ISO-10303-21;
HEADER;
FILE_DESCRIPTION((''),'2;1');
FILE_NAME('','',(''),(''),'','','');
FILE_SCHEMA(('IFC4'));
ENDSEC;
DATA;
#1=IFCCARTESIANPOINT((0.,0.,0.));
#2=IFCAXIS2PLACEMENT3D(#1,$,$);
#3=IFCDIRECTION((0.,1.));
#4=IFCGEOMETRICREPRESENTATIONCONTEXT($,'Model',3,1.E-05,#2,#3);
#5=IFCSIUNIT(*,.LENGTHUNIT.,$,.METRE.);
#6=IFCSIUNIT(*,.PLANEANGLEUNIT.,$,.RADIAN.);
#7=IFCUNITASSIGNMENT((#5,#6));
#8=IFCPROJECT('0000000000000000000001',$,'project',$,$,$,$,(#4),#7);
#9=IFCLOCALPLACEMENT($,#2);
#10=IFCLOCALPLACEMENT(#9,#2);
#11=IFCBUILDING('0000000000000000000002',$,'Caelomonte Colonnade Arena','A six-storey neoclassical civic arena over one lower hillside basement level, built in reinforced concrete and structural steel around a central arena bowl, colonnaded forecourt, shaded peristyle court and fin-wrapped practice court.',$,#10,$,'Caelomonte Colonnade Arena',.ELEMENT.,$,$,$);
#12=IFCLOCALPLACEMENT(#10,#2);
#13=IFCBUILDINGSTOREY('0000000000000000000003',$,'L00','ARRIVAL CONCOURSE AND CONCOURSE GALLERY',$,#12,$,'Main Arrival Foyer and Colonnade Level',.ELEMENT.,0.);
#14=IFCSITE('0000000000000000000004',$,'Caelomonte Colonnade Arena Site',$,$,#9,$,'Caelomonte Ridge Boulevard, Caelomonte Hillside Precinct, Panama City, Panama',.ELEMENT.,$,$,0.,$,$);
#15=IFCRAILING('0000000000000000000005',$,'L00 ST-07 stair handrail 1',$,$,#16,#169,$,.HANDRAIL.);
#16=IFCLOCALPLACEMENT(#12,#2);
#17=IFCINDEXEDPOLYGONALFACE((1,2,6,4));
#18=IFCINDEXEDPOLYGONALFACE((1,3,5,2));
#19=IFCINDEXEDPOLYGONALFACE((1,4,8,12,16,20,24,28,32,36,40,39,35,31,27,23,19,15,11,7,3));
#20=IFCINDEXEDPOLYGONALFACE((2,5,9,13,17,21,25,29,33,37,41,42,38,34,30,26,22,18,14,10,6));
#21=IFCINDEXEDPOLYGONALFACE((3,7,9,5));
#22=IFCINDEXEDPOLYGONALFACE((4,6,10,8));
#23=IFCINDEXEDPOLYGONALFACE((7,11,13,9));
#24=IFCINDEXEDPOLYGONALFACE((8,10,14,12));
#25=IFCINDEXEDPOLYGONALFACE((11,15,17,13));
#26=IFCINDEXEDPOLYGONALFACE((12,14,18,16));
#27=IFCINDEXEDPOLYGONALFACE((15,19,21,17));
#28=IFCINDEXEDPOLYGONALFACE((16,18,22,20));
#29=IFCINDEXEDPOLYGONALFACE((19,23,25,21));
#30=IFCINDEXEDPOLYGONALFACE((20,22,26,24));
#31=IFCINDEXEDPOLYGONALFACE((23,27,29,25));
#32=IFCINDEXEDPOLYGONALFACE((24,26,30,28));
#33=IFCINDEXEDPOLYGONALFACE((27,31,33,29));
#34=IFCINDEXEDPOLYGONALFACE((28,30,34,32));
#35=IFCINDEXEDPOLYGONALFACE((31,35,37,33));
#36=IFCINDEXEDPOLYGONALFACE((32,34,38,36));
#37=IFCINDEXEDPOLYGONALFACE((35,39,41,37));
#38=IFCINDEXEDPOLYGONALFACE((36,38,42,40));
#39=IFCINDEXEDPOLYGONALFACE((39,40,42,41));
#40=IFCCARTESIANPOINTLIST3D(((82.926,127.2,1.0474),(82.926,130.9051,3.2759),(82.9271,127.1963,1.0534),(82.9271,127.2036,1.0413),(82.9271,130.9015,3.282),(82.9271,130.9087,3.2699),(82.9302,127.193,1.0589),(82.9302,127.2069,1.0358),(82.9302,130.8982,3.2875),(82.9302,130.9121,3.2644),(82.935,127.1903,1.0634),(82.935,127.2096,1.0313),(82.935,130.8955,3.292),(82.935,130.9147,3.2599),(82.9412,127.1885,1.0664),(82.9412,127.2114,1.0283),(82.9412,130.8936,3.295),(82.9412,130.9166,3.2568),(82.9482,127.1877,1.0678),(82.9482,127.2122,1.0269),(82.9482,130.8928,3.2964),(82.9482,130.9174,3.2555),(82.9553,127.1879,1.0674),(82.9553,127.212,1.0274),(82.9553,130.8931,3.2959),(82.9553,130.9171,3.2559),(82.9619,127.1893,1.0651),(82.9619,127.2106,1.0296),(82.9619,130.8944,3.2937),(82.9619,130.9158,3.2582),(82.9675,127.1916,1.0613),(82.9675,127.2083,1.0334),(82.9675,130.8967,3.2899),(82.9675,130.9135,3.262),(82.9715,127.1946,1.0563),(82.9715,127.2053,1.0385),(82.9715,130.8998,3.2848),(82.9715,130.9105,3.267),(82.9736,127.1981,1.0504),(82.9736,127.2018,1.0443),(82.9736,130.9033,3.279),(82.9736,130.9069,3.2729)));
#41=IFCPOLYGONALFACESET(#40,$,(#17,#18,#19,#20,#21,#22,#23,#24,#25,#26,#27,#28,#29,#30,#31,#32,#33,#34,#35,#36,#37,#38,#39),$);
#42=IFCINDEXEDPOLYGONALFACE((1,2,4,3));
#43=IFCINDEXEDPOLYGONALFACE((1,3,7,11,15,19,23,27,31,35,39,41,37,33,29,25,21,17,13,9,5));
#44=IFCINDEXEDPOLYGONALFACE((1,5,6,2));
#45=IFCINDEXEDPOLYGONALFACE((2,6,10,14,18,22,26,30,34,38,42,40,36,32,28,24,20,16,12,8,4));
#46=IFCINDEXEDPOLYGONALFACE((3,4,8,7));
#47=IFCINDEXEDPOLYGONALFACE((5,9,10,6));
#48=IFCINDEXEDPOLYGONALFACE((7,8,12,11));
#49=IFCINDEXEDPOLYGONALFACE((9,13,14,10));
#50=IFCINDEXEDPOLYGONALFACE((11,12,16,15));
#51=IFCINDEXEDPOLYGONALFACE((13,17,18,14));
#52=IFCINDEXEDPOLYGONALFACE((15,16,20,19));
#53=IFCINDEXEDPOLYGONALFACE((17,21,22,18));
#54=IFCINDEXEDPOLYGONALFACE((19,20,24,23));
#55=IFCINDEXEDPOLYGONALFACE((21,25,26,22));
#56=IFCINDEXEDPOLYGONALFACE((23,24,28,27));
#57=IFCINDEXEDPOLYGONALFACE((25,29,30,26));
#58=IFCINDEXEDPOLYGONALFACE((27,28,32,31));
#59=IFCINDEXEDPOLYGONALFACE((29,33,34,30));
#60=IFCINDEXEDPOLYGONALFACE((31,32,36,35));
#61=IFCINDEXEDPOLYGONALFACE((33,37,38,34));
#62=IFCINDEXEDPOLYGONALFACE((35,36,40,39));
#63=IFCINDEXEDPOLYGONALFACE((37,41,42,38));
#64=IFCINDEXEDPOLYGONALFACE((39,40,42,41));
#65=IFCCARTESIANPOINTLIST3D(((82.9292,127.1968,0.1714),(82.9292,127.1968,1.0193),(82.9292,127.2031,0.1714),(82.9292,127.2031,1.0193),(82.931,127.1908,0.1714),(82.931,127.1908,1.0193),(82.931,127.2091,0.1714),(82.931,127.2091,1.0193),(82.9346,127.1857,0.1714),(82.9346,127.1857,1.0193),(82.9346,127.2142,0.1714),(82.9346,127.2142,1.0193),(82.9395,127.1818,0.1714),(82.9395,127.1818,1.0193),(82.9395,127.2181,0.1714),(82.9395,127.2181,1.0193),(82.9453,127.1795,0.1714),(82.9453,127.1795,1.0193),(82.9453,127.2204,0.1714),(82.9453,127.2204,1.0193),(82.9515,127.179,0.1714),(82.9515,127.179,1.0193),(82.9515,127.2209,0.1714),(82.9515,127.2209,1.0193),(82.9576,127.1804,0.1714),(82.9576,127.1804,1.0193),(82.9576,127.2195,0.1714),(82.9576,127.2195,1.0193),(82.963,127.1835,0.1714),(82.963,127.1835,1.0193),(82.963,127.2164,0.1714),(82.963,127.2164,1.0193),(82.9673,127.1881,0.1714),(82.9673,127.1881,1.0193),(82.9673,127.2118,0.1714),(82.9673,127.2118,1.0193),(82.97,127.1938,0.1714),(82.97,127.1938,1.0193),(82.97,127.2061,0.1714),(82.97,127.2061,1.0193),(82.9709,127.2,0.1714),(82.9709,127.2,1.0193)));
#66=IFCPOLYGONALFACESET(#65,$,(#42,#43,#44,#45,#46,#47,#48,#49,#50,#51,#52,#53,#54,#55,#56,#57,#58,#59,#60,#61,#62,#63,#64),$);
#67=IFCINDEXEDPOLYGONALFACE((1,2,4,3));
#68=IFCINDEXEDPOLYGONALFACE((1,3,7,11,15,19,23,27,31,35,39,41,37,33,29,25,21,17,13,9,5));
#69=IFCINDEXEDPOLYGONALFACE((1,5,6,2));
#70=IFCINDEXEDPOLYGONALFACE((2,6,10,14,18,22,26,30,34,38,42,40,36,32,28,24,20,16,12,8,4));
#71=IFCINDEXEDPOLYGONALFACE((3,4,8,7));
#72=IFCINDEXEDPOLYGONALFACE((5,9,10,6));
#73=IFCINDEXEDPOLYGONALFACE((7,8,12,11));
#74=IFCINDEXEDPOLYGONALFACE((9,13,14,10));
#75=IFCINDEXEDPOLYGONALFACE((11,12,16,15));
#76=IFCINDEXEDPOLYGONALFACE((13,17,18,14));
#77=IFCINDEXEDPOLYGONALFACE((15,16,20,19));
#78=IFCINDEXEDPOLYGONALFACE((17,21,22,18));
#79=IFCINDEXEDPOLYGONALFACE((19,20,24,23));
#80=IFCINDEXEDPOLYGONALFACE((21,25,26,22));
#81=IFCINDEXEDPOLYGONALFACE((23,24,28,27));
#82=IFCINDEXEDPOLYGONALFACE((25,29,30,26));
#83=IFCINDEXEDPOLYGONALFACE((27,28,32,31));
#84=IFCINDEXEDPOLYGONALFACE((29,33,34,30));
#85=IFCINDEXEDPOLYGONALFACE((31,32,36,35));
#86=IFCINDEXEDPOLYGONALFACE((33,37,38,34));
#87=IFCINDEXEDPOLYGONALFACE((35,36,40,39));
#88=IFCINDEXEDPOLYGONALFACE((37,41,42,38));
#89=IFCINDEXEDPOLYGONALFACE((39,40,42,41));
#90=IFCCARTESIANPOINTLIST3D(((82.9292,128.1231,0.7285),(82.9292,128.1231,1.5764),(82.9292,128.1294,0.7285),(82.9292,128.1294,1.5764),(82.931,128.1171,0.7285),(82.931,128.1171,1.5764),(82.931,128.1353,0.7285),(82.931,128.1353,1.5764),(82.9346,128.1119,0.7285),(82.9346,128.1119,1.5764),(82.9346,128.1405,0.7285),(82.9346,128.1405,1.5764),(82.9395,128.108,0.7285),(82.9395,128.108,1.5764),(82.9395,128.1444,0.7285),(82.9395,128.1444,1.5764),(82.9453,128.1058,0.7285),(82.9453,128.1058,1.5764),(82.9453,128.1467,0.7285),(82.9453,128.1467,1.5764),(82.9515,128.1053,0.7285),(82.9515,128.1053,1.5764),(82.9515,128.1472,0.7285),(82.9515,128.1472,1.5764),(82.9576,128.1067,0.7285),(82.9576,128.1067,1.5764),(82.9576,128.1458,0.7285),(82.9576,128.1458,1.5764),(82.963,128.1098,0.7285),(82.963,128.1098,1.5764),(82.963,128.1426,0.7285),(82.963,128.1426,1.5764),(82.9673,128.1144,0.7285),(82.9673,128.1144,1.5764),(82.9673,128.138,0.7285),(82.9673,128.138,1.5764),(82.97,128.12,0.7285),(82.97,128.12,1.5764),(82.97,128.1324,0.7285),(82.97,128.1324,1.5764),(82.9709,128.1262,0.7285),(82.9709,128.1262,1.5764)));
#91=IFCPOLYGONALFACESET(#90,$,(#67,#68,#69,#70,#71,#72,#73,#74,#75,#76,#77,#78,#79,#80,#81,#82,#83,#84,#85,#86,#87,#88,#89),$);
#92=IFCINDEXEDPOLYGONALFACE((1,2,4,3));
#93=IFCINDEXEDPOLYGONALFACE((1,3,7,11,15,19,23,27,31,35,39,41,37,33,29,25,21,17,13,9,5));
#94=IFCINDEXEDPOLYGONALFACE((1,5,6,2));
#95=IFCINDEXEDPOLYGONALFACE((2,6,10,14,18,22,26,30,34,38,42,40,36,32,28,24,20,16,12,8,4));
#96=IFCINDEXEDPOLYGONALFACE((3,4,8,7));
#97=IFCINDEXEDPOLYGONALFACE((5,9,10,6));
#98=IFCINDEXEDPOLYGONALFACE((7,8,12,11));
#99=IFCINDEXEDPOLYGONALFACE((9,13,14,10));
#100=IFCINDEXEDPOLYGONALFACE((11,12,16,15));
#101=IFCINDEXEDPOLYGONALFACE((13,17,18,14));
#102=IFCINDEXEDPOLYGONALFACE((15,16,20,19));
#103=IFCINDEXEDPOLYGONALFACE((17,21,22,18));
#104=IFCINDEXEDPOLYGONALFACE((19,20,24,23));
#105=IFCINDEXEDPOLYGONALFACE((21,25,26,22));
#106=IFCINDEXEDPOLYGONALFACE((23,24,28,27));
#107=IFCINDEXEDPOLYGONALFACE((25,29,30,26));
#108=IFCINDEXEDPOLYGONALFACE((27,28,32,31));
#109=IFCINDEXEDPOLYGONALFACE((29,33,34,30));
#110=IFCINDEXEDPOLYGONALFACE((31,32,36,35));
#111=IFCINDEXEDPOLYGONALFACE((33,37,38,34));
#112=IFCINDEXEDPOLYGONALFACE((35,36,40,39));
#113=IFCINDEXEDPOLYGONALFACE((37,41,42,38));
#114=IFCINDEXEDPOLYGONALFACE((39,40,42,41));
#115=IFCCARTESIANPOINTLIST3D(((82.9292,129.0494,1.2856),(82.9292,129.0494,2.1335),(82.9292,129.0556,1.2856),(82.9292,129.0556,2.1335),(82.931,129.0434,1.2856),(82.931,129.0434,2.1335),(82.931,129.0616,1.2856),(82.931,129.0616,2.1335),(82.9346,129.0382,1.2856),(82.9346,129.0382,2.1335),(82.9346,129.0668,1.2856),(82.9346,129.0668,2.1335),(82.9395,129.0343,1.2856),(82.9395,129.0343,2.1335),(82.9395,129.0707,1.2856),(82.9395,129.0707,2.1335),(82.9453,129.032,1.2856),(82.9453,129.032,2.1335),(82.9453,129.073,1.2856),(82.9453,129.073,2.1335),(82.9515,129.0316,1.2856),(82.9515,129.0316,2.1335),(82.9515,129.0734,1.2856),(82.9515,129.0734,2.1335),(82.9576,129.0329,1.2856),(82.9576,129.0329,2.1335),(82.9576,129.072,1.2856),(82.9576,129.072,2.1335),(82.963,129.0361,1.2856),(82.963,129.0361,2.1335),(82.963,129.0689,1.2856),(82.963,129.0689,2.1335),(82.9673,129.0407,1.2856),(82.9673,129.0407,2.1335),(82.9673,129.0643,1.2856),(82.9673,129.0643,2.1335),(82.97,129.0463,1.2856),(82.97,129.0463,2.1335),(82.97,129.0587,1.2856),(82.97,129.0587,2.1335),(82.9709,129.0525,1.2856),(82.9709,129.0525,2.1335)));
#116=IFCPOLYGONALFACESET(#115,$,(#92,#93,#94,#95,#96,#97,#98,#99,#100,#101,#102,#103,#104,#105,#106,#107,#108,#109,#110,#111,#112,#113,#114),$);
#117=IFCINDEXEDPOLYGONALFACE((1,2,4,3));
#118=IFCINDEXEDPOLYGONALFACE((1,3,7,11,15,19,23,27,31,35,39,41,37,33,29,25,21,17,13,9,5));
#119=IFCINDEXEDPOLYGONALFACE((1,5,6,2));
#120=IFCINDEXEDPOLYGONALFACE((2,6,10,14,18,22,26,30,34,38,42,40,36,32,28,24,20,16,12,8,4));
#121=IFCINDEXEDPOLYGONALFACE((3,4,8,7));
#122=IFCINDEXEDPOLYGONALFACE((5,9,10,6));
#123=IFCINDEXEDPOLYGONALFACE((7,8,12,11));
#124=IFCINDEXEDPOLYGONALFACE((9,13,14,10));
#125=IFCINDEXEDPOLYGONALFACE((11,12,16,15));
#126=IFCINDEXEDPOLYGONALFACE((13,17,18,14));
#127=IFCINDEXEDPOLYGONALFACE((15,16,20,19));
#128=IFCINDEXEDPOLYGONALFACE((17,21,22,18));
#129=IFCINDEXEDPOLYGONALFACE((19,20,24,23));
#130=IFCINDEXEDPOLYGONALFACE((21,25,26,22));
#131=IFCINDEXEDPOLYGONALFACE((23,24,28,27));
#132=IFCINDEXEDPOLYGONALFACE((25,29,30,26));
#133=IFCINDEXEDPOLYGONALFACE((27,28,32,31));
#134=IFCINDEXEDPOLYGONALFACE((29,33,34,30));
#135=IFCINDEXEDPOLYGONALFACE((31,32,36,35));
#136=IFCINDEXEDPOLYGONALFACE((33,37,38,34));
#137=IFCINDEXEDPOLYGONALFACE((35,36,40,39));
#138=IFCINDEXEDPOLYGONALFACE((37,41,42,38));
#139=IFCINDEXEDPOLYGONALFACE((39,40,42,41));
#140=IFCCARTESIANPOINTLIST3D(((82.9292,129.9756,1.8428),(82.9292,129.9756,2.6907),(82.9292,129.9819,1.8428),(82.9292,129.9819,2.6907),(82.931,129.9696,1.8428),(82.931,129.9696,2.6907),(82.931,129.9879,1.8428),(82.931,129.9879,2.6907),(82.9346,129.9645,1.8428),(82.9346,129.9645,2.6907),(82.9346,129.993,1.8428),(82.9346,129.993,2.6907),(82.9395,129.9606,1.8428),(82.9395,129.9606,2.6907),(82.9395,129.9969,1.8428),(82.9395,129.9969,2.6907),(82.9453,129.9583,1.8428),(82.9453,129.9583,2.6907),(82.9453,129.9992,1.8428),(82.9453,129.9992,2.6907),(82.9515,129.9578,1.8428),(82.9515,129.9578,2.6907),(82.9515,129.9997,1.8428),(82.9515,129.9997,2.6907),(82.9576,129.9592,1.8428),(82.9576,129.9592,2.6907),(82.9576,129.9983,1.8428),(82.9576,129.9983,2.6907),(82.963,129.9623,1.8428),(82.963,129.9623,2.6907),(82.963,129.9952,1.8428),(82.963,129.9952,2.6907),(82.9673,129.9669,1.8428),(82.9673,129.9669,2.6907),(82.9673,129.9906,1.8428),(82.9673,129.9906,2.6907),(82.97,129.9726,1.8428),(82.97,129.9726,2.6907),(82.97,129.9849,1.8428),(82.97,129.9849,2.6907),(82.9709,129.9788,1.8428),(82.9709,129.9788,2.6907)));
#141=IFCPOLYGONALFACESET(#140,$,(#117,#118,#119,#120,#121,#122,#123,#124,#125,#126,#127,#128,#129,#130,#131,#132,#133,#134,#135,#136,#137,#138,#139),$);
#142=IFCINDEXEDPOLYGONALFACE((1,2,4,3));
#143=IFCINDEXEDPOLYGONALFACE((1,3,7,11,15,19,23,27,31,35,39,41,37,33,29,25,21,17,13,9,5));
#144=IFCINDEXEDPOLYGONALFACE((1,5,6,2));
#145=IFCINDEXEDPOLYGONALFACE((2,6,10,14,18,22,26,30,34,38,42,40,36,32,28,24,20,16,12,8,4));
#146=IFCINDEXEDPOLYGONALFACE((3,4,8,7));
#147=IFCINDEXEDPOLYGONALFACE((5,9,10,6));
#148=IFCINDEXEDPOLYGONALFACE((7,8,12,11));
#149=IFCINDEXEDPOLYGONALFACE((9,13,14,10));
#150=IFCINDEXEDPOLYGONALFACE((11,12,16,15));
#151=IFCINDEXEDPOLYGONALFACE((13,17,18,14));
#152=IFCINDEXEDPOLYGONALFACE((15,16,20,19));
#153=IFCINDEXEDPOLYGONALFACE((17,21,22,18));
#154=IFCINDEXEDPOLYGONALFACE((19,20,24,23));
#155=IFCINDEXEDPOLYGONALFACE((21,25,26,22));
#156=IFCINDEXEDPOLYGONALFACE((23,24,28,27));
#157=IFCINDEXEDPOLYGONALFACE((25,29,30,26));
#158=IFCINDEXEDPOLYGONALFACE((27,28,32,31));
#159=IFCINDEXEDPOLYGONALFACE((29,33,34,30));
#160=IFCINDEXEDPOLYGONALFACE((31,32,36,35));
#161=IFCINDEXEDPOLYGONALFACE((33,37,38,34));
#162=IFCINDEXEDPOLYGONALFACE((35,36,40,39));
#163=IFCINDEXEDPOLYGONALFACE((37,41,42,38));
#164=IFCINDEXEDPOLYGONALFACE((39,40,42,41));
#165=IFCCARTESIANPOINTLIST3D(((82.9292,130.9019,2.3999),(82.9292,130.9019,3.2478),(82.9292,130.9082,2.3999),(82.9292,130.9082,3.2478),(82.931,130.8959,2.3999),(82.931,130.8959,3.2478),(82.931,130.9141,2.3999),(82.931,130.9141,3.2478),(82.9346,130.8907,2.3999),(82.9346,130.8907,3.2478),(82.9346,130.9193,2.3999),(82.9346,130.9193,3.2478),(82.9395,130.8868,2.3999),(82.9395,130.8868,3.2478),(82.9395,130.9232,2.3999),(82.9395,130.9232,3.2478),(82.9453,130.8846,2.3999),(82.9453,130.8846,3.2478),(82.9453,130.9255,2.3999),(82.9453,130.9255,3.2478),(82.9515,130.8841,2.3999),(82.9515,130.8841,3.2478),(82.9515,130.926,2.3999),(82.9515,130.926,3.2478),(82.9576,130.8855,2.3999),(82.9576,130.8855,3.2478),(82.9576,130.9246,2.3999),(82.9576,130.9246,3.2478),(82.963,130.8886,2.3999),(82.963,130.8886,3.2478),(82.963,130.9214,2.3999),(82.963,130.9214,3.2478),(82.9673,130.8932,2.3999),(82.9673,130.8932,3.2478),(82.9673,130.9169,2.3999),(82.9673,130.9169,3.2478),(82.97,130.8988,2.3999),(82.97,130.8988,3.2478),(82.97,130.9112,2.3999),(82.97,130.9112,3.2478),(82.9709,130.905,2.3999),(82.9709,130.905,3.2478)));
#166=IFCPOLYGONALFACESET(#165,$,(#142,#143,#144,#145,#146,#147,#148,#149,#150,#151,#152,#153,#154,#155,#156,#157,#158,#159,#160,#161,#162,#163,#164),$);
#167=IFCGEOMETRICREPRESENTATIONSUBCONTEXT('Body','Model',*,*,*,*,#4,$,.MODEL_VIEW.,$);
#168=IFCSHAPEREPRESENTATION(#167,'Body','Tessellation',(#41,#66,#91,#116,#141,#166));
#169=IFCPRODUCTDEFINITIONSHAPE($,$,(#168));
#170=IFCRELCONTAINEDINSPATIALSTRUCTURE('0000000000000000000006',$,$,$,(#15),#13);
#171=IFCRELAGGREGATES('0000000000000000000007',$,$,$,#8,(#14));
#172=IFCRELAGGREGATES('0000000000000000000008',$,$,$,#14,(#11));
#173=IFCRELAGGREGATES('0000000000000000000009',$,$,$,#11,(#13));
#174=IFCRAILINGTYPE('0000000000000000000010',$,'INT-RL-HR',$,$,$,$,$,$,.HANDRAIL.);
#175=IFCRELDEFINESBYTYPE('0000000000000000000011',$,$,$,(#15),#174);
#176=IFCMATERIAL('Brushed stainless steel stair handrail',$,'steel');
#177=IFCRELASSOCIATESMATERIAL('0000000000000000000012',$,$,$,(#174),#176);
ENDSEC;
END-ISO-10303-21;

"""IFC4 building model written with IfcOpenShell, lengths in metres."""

from ifc_helpers import new_model, si_unit, direction, frame, origin, origin_2d, place, context, subcontext, project, spatial, circle, extrude, material, type_object, element, save


model = new_model("IFC4")

# Units and contexts
model_context = context("Model", 3, precision=1e-05, world=origin(), true_north=direction((0.0, 1.0)))
body_context = subcontext(model_context, "Body", "Model", "MODEL_VIEW")
ifc_project = project(units=[si_unit("LENGTHUNIT", "METRE"), si_unit("PLANEANGLEUNIT", "RADIAN")], contexts=[model_context])

# Site, building, storey
site_placement = place(None, origin())
site = spatial("IfcSite", under=ifc_project, at=site_placement, Name="Caelomonte Colonnade Arena Site", LongName="Caelomonte Ridge Boulevard, Caelomonte Hillside Precinct, Panama City, Panama", CompositionType="ELEMENT", RefElevation=0.0)
building_placement = place(site_placement, origin())
building = spatial("IfcBuilding", under=site, at=building_placement, Name="Caelomonte Colonnade Arena", Description="A six-storey neoclassical civic arena over one lower hillside basement level, built in reinforced concrete and structural steel around a central arena bowl, colonnaded forecourt, shaded peristyle court and fin-wrapped practice court.", LongName="Caelomonte Colonnade Arena", CompositionType="ELEMENT")
storey_placement = place(building_placement, origin())
storey = spatial("IfcBuildingStorey", under=building, at=storey_placement, Name="L00", Description="ARRIVAL CONCOURSE AND CONCOURSE GALLERY", LongName="Main Arrival Foyer and Colonnade Level", CompositionType="ELEMENT", Elevation=0.0)

# Railing
ifc_material_1 = material(Name="Brushed stainless steel stair handrail", Category="steel")
railing_type_1 = type_object("IfcRailingType", Name="INT-RL-HR", PredefinedType="HANDRAIL", material=ifc_material_1)
railing_1_placement = place(storey_placement, frame((82.95, 127.2, 0.1714)))
element("IfcRailing", 1, at=railing_1_placement, inside=storey, type_object=railing_type_1, Name="L00 ST-07 stair handrail 1", PredefinedType="HANDRAIL", context=body_context, shape_type="SweptSolid", body=[
    extrude(circle(Radius=0.0239, at=origin_2d()), frame((0.0, 0.0, 0.876), z_axis=(0.0, 0.856934, 0.515425), x_axis=(-1.0, 0.0, 0.0)), (0.0, 0.0, 1.0), 4.3237),
    extrude(circle(Radius=0.021, at=origin_2d()), origin(), (0.0, 0.0, 1.0), 0.8479),
    extrude(circle(Radius=0.021, at=origin_2d()), frame((0.0, 0.9263, 0.5571)), (0.0, 0.0, 1.0), 0.8479),
    extrude(circle(Radius=0.021, at=origin_2d()), frame((0.0, 1.8525, 1.1143)), (0.0, 0.0, 1.0), 0.8479),
    extrude(circle(Radius=0.021, at=origin_2d()), frame((0.0, 2.7788, 1.6714)), (0.0, 0.0, 1.0), 0.8479),
    extrude(circle(Radius=0.021, at=origin_2d()), frame((0.0, 3.7051, 2.2285)), (0.0, 0.0, 1.0), 0.8479),
])

save(model, "model.ifc")
